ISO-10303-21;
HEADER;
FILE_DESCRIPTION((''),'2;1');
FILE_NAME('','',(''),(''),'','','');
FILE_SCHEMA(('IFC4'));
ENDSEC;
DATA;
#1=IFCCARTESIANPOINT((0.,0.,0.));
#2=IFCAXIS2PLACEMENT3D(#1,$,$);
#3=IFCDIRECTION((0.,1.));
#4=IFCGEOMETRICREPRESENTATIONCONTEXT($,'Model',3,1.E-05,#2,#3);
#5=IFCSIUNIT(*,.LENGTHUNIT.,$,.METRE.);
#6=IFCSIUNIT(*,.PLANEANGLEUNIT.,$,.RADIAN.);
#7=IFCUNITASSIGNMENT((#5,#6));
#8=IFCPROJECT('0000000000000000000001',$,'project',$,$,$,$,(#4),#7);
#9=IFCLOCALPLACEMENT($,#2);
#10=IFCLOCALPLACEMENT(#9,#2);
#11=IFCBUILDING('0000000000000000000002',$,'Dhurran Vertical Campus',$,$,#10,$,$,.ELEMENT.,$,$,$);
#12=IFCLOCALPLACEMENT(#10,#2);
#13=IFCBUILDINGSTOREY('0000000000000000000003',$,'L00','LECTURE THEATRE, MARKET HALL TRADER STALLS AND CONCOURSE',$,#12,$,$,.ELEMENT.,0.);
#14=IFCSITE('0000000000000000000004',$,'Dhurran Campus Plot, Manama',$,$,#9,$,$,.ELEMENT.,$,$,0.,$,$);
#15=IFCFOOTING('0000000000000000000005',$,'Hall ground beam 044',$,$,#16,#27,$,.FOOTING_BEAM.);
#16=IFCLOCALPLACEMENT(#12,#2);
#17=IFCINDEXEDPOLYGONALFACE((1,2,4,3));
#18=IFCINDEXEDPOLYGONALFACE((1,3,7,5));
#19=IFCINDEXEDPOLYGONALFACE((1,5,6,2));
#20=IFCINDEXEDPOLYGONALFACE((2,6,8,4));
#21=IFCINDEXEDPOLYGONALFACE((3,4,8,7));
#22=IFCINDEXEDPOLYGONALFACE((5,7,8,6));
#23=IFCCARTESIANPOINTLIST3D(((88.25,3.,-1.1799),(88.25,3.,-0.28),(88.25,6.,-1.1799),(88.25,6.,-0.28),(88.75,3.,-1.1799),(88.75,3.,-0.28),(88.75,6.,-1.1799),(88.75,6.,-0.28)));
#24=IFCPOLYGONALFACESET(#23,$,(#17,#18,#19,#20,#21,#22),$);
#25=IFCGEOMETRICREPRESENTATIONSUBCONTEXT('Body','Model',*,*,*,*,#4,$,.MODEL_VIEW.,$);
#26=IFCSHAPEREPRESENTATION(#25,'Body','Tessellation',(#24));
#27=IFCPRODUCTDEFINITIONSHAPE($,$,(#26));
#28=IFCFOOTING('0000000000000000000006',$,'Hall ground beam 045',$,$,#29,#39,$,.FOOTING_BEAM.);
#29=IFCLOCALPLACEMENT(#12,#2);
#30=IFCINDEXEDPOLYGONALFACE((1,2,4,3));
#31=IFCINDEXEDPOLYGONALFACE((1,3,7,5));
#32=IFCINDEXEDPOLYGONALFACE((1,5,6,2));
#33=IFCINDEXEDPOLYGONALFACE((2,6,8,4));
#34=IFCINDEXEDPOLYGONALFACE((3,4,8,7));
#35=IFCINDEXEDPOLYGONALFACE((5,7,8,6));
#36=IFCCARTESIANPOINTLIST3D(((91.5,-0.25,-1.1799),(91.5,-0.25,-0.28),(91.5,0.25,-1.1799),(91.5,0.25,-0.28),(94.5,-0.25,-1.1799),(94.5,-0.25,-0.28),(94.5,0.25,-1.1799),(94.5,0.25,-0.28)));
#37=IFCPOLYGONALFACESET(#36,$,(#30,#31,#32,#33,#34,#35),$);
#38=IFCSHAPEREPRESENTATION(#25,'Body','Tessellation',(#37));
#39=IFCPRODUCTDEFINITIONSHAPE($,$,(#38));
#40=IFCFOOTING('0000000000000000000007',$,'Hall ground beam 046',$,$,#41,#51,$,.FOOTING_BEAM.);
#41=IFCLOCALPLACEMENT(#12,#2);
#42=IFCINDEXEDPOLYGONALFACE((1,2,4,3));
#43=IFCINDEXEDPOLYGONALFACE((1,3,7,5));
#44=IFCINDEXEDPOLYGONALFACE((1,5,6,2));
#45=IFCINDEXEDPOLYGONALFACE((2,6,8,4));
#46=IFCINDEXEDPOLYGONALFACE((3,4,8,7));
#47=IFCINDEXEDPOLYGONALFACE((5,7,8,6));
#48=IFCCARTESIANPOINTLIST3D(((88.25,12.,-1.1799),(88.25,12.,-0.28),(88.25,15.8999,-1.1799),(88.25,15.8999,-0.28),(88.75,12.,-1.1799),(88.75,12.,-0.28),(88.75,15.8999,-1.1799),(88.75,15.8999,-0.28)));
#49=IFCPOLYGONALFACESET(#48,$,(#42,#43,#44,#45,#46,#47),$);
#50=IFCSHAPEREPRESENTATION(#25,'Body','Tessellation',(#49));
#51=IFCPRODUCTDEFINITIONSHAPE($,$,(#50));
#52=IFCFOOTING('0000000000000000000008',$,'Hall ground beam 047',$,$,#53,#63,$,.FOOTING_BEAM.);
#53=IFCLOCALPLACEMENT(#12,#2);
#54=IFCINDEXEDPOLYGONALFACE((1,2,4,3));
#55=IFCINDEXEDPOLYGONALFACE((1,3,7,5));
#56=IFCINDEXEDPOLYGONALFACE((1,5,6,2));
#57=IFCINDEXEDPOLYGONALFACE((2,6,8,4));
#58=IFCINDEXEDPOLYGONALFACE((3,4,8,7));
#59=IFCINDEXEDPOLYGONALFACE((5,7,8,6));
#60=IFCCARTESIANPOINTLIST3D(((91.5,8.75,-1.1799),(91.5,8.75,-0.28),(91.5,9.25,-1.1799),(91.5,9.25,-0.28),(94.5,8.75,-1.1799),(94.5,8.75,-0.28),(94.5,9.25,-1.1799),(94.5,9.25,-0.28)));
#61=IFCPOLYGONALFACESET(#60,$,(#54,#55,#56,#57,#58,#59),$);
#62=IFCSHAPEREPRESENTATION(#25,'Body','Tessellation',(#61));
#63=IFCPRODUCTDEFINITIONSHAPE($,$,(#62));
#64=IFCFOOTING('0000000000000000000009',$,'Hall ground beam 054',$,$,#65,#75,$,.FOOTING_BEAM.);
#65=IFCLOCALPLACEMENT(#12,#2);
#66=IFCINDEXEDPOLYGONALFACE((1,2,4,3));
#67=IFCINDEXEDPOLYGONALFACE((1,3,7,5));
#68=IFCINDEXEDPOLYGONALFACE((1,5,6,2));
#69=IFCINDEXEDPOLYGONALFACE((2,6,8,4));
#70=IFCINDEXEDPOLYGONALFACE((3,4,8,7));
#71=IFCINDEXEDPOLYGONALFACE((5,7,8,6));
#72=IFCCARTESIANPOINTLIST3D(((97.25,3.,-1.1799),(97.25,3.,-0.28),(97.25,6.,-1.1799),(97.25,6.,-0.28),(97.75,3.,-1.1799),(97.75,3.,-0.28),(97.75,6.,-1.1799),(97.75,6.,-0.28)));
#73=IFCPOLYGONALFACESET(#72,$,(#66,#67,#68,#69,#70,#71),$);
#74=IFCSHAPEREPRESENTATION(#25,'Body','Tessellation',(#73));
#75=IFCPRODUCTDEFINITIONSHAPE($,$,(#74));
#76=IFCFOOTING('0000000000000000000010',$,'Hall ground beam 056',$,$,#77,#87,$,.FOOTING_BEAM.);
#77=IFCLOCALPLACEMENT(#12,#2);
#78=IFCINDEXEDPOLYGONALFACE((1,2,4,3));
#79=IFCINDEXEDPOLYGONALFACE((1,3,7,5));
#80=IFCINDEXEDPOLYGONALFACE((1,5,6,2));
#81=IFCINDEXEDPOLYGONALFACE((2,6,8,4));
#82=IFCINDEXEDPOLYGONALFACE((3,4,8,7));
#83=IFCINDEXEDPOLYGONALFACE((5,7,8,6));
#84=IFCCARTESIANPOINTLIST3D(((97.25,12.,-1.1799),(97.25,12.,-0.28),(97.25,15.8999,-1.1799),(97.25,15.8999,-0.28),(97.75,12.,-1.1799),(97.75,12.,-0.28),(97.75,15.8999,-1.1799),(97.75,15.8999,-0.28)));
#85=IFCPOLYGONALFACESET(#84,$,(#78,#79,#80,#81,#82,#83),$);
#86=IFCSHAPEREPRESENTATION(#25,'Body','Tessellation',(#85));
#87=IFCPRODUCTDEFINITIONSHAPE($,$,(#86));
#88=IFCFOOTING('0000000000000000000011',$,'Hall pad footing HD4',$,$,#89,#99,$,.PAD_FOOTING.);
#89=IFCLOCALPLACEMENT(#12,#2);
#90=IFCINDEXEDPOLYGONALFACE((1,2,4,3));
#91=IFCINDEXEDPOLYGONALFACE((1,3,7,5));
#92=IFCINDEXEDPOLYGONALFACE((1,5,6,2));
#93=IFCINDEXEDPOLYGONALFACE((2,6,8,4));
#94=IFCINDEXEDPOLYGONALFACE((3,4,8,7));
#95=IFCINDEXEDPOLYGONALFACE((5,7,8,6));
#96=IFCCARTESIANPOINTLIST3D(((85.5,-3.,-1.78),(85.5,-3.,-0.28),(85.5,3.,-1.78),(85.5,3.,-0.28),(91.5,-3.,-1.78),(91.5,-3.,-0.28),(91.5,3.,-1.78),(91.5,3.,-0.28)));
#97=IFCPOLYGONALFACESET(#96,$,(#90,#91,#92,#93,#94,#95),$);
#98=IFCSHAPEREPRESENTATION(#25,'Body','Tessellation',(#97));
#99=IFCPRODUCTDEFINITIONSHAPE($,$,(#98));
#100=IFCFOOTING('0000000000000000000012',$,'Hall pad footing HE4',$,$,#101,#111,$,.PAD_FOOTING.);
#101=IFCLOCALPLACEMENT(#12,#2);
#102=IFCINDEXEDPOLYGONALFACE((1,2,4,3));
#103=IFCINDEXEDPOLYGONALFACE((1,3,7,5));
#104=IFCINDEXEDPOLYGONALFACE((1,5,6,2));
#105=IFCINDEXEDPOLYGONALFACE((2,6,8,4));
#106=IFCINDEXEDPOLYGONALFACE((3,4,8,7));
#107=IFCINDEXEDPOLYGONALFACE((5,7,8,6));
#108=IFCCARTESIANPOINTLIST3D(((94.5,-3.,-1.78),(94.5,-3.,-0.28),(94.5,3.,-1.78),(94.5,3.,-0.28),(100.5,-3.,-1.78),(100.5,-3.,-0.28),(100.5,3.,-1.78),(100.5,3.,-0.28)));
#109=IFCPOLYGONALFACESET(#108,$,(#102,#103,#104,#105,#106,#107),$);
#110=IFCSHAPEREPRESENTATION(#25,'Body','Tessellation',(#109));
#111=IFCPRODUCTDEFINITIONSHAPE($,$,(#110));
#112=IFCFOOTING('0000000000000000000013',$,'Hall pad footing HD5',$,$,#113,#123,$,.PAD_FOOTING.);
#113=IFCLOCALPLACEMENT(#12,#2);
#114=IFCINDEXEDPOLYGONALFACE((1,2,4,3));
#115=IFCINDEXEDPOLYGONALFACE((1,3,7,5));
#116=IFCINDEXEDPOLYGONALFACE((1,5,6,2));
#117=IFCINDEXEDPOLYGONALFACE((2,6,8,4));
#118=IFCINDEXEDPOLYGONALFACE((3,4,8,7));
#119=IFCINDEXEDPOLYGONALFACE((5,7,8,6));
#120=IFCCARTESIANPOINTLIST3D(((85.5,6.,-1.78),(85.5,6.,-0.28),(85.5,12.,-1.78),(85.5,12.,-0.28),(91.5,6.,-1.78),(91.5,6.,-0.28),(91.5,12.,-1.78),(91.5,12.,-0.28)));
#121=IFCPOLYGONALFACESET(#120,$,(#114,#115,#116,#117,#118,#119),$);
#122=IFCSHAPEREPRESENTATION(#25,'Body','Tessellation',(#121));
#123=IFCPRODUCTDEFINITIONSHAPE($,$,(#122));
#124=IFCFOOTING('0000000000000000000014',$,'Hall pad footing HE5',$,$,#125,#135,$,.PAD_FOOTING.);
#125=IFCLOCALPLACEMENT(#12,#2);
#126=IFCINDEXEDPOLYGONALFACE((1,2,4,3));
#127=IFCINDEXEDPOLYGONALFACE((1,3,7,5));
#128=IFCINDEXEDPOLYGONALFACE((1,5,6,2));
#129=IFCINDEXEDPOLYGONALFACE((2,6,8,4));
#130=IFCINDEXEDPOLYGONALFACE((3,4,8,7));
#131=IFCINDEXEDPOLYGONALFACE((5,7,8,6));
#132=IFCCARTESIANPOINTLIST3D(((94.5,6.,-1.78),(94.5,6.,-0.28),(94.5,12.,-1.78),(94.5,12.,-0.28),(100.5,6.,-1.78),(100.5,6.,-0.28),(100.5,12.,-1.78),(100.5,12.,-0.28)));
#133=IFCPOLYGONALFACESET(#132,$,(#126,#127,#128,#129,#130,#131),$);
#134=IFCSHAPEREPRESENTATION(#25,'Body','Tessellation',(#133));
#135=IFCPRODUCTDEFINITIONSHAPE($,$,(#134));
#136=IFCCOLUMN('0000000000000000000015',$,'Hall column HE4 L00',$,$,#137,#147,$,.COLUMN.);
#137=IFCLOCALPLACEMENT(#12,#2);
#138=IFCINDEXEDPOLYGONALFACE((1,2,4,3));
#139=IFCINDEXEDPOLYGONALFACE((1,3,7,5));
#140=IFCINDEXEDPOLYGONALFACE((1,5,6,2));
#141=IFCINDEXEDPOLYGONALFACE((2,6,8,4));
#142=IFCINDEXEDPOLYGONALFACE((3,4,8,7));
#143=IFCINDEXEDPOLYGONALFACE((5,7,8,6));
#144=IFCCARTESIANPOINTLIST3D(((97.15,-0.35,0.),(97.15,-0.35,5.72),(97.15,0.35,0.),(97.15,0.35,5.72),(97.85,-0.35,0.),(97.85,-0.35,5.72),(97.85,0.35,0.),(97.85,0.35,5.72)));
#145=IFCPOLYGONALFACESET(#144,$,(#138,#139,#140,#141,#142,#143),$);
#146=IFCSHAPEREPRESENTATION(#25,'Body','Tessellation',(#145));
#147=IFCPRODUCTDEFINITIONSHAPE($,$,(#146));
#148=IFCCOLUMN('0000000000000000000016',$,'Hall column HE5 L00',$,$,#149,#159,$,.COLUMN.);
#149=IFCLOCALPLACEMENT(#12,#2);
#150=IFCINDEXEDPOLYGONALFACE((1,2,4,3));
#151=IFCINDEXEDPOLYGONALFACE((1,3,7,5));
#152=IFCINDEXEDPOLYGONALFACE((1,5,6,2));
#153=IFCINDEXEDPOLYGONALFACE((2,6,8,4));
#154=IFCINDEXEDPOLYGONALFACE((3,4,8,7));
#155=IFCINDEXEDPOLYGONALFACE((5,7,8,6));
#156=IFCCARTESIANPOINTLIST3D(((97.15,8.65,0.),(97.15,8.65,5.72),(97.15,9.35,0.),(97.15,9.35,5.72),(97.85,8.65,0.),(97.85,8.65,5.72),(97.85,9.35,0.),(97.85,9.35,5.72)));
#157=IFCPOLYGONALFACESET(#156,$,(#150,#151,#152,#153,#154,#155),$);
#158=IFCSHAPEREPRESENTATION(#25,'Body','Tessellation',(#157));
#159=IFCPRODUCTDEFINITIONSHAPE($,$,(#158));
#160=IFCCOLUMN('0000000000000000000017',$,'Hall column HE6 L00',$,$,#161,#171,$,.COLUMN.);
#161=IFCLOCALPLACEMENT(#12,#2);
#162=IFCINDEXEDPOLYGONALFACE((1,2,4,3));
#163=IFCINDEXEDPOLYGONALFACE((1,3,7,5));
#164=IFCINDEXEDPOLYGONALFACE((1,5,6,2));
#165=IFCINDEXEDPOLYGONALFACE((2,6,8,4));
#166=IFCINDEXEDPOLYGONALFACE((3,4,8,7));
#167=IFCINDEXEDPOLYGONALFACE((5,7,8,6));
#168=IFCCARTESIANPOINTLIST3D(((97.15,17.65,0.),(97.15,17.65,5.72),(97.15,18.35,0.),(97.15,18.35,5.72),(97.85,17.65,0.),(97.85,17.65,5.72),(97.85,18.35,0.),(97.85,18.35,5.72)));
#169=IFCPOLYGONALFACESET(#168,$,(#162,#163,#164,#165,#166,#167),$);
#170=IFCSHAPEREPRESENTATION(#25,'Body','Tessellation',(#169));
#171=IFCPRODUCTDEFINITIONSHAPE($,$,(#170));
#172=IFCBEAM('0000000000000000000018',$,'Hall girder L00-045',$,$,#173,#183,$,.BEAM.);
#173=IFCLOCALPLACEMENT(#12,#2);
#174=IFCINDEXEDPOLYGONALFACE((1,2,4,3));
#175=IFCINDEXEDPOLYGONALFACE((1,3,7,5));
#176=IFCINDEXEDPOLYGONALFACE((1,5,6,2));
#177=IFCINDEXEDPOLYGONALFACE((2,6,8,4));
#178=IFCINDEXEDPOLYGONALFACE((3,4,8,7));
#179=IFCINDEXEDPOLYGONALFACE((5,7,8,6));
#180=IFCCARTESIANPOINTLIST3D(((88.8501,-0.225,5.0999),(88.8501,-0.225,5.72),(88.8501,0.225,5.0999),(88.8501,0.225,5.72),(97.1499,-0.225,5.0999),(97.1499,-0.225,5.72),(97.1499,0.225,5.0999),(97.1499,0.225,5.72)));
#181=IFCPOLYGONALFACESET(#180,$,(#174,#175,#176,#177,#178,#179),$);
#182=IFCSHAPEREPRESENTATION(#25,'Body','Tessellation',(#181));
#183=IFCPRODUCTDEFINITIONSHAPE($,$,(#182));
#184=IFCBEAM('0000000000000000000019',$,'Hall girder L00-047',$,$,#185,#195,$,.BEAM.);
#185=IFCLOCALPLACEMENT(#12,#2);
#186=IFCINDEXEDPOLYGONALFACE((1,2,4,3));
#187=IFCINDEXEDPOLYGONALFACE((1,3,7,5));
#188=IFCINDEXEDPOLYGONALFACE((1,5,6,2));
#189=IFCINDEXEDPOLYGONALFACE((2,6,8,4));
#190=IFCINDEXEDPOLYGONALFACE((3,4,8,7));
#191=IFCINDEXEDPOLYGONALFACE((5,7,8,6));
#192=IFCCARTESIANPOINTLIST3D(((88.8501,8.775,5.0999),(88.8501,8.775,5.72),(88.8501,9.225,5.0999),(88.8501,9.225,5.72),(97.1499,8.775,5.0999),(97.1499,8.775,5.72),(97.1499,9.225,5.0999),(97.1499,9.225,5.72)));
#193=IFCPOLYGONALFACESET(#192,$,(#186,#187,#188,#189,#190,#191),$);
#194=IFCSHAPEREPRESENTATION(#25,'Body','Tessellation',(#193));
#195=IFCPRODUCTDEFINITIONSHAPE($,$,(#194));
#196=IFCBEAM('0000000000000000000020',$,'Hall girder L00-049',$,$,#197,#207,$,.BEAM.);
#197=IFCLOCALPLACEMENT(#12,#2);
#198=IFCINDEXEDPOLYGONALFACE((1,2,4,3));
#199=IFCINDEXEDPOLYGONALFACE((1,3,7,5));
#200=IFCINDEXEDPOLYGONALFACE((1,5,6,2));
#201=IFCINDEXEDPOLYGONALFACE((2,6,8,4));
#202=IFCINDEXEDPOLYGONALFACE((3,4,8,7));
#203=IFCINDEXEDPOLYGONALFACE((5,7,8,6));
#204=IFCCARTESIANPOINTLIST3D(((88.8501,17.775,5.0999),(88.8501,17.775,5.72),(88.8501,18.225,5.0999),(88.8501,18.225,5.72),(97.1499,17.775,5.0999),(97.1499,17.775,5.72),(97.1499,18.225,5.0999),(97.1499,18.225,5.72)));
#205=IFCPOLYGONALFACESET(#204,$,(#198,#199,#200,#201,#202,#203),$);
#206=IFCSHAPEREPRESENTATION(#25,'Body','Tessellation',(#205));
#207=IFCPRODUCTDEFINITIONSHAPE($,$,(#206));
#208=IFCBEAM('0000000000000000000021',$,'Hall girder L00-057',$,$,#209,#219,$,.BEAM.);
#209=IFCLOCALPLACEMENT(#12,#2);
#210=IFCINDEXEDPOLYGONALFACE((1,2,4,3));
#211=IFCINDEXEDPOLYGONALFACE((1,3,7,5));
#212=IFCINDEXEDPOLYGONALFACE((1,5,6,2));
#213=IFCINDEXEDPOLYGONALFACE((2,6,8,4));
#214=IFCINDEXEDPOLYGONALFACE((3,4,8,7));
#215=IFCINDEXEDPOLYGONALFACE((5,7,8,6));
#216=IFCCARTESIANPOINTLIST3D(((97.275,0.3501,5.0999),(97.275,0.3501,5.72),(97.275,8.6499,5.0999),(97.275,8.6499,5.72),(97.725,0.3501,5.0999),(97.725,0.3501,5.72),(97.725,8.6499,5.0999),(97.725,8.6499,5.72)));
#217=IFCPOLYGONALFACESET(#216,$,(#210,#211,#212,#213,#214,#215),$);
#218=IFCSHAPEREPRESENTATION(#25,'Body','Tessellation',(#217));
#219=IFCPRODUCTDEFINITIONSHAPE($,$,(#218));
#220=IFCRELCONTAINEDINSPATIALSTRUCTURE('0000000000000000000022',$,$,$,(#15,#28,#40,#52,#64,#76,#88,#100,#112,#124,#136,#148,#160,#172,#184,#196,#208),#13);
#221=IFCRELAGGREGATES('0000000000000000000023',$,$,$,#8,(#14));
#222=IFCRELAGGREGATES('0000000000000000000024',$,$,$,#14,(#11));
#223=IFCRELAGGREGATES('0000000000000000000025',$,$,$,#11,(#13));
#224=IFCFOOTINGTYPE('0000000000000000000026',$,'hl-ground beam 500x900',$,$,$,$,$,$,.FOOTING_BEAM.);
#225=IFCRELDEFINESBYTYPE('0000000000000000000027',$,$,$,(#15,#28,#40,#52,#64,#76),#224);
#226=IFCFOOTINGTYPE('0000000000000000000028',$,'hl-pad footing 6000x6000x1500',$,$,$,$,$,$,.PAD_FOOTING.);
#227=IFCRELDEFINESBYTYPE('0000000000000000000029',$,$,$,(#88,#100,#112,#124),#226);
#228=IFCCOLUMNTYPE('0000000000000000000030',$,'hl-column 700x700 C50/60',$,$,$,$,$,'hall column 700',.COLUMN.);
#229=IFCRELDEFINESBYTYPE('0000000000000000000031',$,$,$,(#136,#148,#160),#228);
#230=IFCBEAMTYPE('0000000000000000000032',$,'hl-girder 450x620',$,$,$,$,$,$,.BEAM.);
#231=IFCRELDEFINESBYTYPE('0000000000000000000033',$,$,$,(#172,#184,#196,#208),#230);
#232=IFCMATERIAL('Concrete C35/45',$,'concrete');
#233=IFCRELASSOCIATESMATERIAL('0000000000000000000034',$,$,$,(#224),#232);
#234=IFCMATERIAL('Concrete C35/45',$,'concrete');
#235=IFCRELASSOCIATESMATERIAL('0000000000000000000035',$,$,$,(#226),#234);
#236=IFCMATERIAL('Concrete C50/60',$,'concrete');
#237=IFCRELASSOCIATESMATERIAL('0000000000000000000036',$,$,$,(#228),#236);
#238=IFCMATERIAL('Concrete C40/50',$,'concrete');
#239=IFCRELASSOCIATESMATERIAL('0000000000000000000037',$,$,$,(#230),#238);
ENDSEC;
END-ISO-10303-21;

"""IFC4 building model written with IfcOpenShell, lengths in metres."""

from ifc_helpers import new_model, si_unit, direction, frame, origin, origin_2d, place, context, subcontext, project, spatial, rectangle, extrude, material, material_profile, profile_set, type_object, element, save


model = new_model("IFC4")

# Units and contexts
model_context = context("Model", 3, precision=1e-05, world=origin(), true_north=direction((0.0, 1.0)))
body_context = subcontext(model_context, "Body", "Model", "MODEL_VIEW")
ifc_project = project(units=[si_unit("LENGTHUNIT", "METRE"), si_unit("PLANEANGLEUNIT", "RADIAN")], contexts=[model_context])

# Site, building, storey
site_placement = place(None, origin())
site = spatial("IfcSite", under=ifc_project, at=site_placement, Name="Dhurran Campus Plot, Manama", CompositionType="ELEMENT", RefElevation=0.0)
building_placement = place(site_placement, origin())
building = spatial("IfcBuilding", under=site, at=building_placement, Name="Dhurran Vertical Campus", CompositionType="ELEMENT")
storey_placement = place(building_placement, origin())
storey = spatial("IfcBuildingStorey", under=building, at=storey_placement, Name="L00", Description="LECTURE THEATRE, MARKET HALL TRADER STALLS AND CONCOURSE", CompositionType="ELEMENT", Elevation=0.0)

# Footings
ifc_material_1 = material(Name="Concrete C35/45", Category="concrete")
ifc_material_profile_1 = material_profile(ifc_material_1, rectangle(XDim=0.5, YDim=0.8999, at=origin_2d()), Name="hl-ground beam 500x900")
ifc_profile_set_1 = profile_set([ifc_material_profile_1], Name="Concrete C35/45")
footing_type_1 = type_object("IfcFootingType", Name="hl-ground beam 500x900", PredefinedType="FOOTING_BEAM", material=ifc_profile_set_1)
for number, where, z_axis, x_axis, name in (
    (1, (88.5, 3.0, -0.73), (0.0, 1.0, 0.0), (-1.0, 0.0, 0.0), "Hall ground beam 044"),
    (2, (91.5, 0.0, -0.73), (1.0, 0.0, 0.0), (0.0, 1.0, 0.0), "Hall ground beam 045"),
):
    element("IfcFooting", number, at=place(storey_placement, frame(where, z_axis=z_axis, x_axis=x_axis)), inside=storey, type_object=footing_type_1, Name=name, PredefinedType="FOOTING_BEAM", context=body_context, shape_type="SweptSolid", body=[
        extrude(rectangle(XDim=0.5, YDim=0.8999, at=origin_2d()), origin(), (0.0, 0.0, 1.0), 3.0),
    ])
footing_1_placement = place(storey_placement, frame((88.5, 12.0, -0.73), z_axis=(0.0, 1.0, 0.0), x_axis=(-1.0, 0.0, 0.0)))
element("IfcFooting", 3, at=footing_1_placement, inside=storey, type_object=footing_type_1, Name="Hall ground beam 046", PredefinedType="FOOTING_BEAM", context=body_context, shape_type="SweptSolid", body=[
    extrude(rectangle(XDim=0.5, YDim=0.8999, at=origin_2d()), origin(), (0.0, 0.0, 1.0), 3.8999),
])
for number, where, z_axis, x_axis, name in (
    (4, (91.5, 9.0, -0.73), (1.0, 0.0, 0.0), (0.0, 1.0, 0.0), "Hall ground beam 047"),
    (5, (97.5, 3.0, -0.73), (0.0, 1.0, 0.0), (-1.0, 0.0, 0.0), "Hall ground beam 054"),
):
    element("IfcFooting", number, at=place(storey_placement, frame(where, z_axis=z_axis, x_axis=x_axis)), inside=storey, type_object=footing_type_1, Name=name, PredefinedType="FOOTING_BEAM", context=body_context, shape_type="SweptSolid", body=[
        extrude(rectangle(XDim=0.5, YDim=0.8999, at=origin_2d()), origin(), (0.0, 0.0, 1.0), 3.0),
    ])
footing_2_placement = place(storey_placement, frame((97.5, 12.0, -0.73), z_axis=(0.0, 1.0, 0.0), x_axis=(-1.0, 0.0, 0.0)))
element("IfcFooting", 6, at=footing_2_placement, inside=storey, type_object=footing_type_1, Name="Hall ground beam 056", PredefinedType="FOOTING_BEAM", context=body_context, shape_type="SweptSolid", body=[
    extrude(rectangle(XDim=0.5, YDim=0.8999, at=origin_2d()), origin(), (0.0, 0.0, 1.0), 3.8999),
])
ifc_material_2 = material(Name="Concrete C35/45", Category="concrete")
footing_type_2 = type_object("IfcFootingType", Name="hl-pad footing 6000x6000x1500", PredefinedType="PAD_FOOTING", material=ifc_material_2)
for number, where, z_axis, x_axis, name in (
    (7, (88.5, 0.0, -1.78), (0.0, 0.0, 1.0), (1.0, 0.0, 0.0), "Hall pad footing HD4"),
    (8, (97.5, 0.0, -1.78), (0.0, 0.0, 1.0), (1.0, 0.0, 0.0), "Hall pad footing HE4"),
    (9, (88.5, 9.0, -1.78), (0.0, 0.0, 1.0), (1.0, 0.0, 0.0), "Hall pad footing HD5"),
    (10, (97.5, 9.0, -1.78), (0.0, 0.0, 1.0), (1.0, 0.0, 0.0), "Hall pad footing HE5"),
):
    element("IfcFooting", number, at=place(storey_placement, frame(where, z_axis=z_axis, x_axis=x_axis)), inside=storey, type_object=footing_type_2, Name=name, PredefinedType="PAD_FOOTING", context=body_context, shape_type="SweptSolid", body=[
        extrude(rectangle(XDim=6.0, YDim=6.0, at=origin_2d()), origin(), (0.0, 0.0, 1.0), 1.5),
    ])

# Columns
ifc_material_3 = material(Name="Concrete C50/60", Category="concrete")
ifc_material_profile_2 = material_profile(ifc_material_3, rectangle(XDim=0.7, YDim=0.7, at=origin_2d()), Name="hl-column 700x700 C50/60")
ifc_profile_set_2 = profile_set([ifc_material_profile_2], Name="Concrete C50/60")
column_type = type_object("IfcColumnType", Name="hl-column 700x700 C50/60", ElementType="hall column 700", PredefinedType="COLUMN", material=ifc_profile_set_2)
for number, where, z_axis, x_axis, name in (
    (11, (97.5, 0.0, 0.0), (0.0, 0.0, 1.0), (1.0, 0.0, 0.0), "Hall column HE4 L00"),
    (12, (97.5, 9.0, 0.0), (0.0, 0.0, 1.0), (1.0, 0.0, 0.0), "Hall column HE5 L00"),
    (13, (97.5, 18.0, 0.0), (0.0, 0.0, 1.0), (1.0, 0.0, 0.0), "Hall column HE6 L00"),
):
    element("IfcColumn", number, at=place(storey_placement, frame(where, z_axis=z_axis, x_axis=x_axis)), inside=storey, type_object=column_type, Name=name, PredefinedType="COLUMN", context=body_context, shape_type="SweptSolid", body=[
        extrude(rectangle(XDim=0.7, YDim=0.7, at=origin_2d()), origin(), (0.0, 0.0, 1.0), 5.72),
    ])

# Beams
ifc_material_4 = material(Name="Concrete C40/50", Category="concrete")
ifc_material_profile_3 = material_profile(ifc_material_4, rectangle(XDim=0.45, YDim=0.6201, at=origin_2d()), Name="hl-girder 450x620")
ifc_profile_set_3 = profile_set([ifc_material_profile_3], Name="Concrete C40/50")
beam_type = type_object("IfcBeamType", Name="hl-girder 450x620", PredefinedType="BEAM", material=ifc_profile_set_3)
for number, where, z_axis, x_axis, name in (
    (14, (88.8501, 0.0, 5.4099), (1.0, 0.0, 0.0), (0.0, 1.0, 0.0), "Hall girder L00-045"),
    (15, (88.8501, 9.0, 5.4099), (1.0, 0.0, 0.0), (0.0, 1.0, 0.0), "Hall girder L00-047"),
    (16, (88.8501, 18.0, 5.4099), (1.0, 0.0, 0.0), (0.0, 1.0, 0.0), "Hall girder L00-049"),
    (17, (97.5, 0.3501, 5.4099), (0.0, 1.0, 0.0), (-1.0, 0.0, 0.0), "Hall girder L00-057"),
):
    element("IfcBeam", number, at=place(storey_placement, frame(where, z_axis=z_axis, x_axis=x_axis)), inside=storey, type_object=beam_type, Name=name, PredefinedType="BEAM", context=body_context, shape_type="SweptSolid", body=[
        extrude(rectangle(XDim=0.45, YDim=0.6201, at=origin_2d()), origin(), (0.0, 0.0, 1.0), 8.2998),
    ])

save(model, "model.ifc")
